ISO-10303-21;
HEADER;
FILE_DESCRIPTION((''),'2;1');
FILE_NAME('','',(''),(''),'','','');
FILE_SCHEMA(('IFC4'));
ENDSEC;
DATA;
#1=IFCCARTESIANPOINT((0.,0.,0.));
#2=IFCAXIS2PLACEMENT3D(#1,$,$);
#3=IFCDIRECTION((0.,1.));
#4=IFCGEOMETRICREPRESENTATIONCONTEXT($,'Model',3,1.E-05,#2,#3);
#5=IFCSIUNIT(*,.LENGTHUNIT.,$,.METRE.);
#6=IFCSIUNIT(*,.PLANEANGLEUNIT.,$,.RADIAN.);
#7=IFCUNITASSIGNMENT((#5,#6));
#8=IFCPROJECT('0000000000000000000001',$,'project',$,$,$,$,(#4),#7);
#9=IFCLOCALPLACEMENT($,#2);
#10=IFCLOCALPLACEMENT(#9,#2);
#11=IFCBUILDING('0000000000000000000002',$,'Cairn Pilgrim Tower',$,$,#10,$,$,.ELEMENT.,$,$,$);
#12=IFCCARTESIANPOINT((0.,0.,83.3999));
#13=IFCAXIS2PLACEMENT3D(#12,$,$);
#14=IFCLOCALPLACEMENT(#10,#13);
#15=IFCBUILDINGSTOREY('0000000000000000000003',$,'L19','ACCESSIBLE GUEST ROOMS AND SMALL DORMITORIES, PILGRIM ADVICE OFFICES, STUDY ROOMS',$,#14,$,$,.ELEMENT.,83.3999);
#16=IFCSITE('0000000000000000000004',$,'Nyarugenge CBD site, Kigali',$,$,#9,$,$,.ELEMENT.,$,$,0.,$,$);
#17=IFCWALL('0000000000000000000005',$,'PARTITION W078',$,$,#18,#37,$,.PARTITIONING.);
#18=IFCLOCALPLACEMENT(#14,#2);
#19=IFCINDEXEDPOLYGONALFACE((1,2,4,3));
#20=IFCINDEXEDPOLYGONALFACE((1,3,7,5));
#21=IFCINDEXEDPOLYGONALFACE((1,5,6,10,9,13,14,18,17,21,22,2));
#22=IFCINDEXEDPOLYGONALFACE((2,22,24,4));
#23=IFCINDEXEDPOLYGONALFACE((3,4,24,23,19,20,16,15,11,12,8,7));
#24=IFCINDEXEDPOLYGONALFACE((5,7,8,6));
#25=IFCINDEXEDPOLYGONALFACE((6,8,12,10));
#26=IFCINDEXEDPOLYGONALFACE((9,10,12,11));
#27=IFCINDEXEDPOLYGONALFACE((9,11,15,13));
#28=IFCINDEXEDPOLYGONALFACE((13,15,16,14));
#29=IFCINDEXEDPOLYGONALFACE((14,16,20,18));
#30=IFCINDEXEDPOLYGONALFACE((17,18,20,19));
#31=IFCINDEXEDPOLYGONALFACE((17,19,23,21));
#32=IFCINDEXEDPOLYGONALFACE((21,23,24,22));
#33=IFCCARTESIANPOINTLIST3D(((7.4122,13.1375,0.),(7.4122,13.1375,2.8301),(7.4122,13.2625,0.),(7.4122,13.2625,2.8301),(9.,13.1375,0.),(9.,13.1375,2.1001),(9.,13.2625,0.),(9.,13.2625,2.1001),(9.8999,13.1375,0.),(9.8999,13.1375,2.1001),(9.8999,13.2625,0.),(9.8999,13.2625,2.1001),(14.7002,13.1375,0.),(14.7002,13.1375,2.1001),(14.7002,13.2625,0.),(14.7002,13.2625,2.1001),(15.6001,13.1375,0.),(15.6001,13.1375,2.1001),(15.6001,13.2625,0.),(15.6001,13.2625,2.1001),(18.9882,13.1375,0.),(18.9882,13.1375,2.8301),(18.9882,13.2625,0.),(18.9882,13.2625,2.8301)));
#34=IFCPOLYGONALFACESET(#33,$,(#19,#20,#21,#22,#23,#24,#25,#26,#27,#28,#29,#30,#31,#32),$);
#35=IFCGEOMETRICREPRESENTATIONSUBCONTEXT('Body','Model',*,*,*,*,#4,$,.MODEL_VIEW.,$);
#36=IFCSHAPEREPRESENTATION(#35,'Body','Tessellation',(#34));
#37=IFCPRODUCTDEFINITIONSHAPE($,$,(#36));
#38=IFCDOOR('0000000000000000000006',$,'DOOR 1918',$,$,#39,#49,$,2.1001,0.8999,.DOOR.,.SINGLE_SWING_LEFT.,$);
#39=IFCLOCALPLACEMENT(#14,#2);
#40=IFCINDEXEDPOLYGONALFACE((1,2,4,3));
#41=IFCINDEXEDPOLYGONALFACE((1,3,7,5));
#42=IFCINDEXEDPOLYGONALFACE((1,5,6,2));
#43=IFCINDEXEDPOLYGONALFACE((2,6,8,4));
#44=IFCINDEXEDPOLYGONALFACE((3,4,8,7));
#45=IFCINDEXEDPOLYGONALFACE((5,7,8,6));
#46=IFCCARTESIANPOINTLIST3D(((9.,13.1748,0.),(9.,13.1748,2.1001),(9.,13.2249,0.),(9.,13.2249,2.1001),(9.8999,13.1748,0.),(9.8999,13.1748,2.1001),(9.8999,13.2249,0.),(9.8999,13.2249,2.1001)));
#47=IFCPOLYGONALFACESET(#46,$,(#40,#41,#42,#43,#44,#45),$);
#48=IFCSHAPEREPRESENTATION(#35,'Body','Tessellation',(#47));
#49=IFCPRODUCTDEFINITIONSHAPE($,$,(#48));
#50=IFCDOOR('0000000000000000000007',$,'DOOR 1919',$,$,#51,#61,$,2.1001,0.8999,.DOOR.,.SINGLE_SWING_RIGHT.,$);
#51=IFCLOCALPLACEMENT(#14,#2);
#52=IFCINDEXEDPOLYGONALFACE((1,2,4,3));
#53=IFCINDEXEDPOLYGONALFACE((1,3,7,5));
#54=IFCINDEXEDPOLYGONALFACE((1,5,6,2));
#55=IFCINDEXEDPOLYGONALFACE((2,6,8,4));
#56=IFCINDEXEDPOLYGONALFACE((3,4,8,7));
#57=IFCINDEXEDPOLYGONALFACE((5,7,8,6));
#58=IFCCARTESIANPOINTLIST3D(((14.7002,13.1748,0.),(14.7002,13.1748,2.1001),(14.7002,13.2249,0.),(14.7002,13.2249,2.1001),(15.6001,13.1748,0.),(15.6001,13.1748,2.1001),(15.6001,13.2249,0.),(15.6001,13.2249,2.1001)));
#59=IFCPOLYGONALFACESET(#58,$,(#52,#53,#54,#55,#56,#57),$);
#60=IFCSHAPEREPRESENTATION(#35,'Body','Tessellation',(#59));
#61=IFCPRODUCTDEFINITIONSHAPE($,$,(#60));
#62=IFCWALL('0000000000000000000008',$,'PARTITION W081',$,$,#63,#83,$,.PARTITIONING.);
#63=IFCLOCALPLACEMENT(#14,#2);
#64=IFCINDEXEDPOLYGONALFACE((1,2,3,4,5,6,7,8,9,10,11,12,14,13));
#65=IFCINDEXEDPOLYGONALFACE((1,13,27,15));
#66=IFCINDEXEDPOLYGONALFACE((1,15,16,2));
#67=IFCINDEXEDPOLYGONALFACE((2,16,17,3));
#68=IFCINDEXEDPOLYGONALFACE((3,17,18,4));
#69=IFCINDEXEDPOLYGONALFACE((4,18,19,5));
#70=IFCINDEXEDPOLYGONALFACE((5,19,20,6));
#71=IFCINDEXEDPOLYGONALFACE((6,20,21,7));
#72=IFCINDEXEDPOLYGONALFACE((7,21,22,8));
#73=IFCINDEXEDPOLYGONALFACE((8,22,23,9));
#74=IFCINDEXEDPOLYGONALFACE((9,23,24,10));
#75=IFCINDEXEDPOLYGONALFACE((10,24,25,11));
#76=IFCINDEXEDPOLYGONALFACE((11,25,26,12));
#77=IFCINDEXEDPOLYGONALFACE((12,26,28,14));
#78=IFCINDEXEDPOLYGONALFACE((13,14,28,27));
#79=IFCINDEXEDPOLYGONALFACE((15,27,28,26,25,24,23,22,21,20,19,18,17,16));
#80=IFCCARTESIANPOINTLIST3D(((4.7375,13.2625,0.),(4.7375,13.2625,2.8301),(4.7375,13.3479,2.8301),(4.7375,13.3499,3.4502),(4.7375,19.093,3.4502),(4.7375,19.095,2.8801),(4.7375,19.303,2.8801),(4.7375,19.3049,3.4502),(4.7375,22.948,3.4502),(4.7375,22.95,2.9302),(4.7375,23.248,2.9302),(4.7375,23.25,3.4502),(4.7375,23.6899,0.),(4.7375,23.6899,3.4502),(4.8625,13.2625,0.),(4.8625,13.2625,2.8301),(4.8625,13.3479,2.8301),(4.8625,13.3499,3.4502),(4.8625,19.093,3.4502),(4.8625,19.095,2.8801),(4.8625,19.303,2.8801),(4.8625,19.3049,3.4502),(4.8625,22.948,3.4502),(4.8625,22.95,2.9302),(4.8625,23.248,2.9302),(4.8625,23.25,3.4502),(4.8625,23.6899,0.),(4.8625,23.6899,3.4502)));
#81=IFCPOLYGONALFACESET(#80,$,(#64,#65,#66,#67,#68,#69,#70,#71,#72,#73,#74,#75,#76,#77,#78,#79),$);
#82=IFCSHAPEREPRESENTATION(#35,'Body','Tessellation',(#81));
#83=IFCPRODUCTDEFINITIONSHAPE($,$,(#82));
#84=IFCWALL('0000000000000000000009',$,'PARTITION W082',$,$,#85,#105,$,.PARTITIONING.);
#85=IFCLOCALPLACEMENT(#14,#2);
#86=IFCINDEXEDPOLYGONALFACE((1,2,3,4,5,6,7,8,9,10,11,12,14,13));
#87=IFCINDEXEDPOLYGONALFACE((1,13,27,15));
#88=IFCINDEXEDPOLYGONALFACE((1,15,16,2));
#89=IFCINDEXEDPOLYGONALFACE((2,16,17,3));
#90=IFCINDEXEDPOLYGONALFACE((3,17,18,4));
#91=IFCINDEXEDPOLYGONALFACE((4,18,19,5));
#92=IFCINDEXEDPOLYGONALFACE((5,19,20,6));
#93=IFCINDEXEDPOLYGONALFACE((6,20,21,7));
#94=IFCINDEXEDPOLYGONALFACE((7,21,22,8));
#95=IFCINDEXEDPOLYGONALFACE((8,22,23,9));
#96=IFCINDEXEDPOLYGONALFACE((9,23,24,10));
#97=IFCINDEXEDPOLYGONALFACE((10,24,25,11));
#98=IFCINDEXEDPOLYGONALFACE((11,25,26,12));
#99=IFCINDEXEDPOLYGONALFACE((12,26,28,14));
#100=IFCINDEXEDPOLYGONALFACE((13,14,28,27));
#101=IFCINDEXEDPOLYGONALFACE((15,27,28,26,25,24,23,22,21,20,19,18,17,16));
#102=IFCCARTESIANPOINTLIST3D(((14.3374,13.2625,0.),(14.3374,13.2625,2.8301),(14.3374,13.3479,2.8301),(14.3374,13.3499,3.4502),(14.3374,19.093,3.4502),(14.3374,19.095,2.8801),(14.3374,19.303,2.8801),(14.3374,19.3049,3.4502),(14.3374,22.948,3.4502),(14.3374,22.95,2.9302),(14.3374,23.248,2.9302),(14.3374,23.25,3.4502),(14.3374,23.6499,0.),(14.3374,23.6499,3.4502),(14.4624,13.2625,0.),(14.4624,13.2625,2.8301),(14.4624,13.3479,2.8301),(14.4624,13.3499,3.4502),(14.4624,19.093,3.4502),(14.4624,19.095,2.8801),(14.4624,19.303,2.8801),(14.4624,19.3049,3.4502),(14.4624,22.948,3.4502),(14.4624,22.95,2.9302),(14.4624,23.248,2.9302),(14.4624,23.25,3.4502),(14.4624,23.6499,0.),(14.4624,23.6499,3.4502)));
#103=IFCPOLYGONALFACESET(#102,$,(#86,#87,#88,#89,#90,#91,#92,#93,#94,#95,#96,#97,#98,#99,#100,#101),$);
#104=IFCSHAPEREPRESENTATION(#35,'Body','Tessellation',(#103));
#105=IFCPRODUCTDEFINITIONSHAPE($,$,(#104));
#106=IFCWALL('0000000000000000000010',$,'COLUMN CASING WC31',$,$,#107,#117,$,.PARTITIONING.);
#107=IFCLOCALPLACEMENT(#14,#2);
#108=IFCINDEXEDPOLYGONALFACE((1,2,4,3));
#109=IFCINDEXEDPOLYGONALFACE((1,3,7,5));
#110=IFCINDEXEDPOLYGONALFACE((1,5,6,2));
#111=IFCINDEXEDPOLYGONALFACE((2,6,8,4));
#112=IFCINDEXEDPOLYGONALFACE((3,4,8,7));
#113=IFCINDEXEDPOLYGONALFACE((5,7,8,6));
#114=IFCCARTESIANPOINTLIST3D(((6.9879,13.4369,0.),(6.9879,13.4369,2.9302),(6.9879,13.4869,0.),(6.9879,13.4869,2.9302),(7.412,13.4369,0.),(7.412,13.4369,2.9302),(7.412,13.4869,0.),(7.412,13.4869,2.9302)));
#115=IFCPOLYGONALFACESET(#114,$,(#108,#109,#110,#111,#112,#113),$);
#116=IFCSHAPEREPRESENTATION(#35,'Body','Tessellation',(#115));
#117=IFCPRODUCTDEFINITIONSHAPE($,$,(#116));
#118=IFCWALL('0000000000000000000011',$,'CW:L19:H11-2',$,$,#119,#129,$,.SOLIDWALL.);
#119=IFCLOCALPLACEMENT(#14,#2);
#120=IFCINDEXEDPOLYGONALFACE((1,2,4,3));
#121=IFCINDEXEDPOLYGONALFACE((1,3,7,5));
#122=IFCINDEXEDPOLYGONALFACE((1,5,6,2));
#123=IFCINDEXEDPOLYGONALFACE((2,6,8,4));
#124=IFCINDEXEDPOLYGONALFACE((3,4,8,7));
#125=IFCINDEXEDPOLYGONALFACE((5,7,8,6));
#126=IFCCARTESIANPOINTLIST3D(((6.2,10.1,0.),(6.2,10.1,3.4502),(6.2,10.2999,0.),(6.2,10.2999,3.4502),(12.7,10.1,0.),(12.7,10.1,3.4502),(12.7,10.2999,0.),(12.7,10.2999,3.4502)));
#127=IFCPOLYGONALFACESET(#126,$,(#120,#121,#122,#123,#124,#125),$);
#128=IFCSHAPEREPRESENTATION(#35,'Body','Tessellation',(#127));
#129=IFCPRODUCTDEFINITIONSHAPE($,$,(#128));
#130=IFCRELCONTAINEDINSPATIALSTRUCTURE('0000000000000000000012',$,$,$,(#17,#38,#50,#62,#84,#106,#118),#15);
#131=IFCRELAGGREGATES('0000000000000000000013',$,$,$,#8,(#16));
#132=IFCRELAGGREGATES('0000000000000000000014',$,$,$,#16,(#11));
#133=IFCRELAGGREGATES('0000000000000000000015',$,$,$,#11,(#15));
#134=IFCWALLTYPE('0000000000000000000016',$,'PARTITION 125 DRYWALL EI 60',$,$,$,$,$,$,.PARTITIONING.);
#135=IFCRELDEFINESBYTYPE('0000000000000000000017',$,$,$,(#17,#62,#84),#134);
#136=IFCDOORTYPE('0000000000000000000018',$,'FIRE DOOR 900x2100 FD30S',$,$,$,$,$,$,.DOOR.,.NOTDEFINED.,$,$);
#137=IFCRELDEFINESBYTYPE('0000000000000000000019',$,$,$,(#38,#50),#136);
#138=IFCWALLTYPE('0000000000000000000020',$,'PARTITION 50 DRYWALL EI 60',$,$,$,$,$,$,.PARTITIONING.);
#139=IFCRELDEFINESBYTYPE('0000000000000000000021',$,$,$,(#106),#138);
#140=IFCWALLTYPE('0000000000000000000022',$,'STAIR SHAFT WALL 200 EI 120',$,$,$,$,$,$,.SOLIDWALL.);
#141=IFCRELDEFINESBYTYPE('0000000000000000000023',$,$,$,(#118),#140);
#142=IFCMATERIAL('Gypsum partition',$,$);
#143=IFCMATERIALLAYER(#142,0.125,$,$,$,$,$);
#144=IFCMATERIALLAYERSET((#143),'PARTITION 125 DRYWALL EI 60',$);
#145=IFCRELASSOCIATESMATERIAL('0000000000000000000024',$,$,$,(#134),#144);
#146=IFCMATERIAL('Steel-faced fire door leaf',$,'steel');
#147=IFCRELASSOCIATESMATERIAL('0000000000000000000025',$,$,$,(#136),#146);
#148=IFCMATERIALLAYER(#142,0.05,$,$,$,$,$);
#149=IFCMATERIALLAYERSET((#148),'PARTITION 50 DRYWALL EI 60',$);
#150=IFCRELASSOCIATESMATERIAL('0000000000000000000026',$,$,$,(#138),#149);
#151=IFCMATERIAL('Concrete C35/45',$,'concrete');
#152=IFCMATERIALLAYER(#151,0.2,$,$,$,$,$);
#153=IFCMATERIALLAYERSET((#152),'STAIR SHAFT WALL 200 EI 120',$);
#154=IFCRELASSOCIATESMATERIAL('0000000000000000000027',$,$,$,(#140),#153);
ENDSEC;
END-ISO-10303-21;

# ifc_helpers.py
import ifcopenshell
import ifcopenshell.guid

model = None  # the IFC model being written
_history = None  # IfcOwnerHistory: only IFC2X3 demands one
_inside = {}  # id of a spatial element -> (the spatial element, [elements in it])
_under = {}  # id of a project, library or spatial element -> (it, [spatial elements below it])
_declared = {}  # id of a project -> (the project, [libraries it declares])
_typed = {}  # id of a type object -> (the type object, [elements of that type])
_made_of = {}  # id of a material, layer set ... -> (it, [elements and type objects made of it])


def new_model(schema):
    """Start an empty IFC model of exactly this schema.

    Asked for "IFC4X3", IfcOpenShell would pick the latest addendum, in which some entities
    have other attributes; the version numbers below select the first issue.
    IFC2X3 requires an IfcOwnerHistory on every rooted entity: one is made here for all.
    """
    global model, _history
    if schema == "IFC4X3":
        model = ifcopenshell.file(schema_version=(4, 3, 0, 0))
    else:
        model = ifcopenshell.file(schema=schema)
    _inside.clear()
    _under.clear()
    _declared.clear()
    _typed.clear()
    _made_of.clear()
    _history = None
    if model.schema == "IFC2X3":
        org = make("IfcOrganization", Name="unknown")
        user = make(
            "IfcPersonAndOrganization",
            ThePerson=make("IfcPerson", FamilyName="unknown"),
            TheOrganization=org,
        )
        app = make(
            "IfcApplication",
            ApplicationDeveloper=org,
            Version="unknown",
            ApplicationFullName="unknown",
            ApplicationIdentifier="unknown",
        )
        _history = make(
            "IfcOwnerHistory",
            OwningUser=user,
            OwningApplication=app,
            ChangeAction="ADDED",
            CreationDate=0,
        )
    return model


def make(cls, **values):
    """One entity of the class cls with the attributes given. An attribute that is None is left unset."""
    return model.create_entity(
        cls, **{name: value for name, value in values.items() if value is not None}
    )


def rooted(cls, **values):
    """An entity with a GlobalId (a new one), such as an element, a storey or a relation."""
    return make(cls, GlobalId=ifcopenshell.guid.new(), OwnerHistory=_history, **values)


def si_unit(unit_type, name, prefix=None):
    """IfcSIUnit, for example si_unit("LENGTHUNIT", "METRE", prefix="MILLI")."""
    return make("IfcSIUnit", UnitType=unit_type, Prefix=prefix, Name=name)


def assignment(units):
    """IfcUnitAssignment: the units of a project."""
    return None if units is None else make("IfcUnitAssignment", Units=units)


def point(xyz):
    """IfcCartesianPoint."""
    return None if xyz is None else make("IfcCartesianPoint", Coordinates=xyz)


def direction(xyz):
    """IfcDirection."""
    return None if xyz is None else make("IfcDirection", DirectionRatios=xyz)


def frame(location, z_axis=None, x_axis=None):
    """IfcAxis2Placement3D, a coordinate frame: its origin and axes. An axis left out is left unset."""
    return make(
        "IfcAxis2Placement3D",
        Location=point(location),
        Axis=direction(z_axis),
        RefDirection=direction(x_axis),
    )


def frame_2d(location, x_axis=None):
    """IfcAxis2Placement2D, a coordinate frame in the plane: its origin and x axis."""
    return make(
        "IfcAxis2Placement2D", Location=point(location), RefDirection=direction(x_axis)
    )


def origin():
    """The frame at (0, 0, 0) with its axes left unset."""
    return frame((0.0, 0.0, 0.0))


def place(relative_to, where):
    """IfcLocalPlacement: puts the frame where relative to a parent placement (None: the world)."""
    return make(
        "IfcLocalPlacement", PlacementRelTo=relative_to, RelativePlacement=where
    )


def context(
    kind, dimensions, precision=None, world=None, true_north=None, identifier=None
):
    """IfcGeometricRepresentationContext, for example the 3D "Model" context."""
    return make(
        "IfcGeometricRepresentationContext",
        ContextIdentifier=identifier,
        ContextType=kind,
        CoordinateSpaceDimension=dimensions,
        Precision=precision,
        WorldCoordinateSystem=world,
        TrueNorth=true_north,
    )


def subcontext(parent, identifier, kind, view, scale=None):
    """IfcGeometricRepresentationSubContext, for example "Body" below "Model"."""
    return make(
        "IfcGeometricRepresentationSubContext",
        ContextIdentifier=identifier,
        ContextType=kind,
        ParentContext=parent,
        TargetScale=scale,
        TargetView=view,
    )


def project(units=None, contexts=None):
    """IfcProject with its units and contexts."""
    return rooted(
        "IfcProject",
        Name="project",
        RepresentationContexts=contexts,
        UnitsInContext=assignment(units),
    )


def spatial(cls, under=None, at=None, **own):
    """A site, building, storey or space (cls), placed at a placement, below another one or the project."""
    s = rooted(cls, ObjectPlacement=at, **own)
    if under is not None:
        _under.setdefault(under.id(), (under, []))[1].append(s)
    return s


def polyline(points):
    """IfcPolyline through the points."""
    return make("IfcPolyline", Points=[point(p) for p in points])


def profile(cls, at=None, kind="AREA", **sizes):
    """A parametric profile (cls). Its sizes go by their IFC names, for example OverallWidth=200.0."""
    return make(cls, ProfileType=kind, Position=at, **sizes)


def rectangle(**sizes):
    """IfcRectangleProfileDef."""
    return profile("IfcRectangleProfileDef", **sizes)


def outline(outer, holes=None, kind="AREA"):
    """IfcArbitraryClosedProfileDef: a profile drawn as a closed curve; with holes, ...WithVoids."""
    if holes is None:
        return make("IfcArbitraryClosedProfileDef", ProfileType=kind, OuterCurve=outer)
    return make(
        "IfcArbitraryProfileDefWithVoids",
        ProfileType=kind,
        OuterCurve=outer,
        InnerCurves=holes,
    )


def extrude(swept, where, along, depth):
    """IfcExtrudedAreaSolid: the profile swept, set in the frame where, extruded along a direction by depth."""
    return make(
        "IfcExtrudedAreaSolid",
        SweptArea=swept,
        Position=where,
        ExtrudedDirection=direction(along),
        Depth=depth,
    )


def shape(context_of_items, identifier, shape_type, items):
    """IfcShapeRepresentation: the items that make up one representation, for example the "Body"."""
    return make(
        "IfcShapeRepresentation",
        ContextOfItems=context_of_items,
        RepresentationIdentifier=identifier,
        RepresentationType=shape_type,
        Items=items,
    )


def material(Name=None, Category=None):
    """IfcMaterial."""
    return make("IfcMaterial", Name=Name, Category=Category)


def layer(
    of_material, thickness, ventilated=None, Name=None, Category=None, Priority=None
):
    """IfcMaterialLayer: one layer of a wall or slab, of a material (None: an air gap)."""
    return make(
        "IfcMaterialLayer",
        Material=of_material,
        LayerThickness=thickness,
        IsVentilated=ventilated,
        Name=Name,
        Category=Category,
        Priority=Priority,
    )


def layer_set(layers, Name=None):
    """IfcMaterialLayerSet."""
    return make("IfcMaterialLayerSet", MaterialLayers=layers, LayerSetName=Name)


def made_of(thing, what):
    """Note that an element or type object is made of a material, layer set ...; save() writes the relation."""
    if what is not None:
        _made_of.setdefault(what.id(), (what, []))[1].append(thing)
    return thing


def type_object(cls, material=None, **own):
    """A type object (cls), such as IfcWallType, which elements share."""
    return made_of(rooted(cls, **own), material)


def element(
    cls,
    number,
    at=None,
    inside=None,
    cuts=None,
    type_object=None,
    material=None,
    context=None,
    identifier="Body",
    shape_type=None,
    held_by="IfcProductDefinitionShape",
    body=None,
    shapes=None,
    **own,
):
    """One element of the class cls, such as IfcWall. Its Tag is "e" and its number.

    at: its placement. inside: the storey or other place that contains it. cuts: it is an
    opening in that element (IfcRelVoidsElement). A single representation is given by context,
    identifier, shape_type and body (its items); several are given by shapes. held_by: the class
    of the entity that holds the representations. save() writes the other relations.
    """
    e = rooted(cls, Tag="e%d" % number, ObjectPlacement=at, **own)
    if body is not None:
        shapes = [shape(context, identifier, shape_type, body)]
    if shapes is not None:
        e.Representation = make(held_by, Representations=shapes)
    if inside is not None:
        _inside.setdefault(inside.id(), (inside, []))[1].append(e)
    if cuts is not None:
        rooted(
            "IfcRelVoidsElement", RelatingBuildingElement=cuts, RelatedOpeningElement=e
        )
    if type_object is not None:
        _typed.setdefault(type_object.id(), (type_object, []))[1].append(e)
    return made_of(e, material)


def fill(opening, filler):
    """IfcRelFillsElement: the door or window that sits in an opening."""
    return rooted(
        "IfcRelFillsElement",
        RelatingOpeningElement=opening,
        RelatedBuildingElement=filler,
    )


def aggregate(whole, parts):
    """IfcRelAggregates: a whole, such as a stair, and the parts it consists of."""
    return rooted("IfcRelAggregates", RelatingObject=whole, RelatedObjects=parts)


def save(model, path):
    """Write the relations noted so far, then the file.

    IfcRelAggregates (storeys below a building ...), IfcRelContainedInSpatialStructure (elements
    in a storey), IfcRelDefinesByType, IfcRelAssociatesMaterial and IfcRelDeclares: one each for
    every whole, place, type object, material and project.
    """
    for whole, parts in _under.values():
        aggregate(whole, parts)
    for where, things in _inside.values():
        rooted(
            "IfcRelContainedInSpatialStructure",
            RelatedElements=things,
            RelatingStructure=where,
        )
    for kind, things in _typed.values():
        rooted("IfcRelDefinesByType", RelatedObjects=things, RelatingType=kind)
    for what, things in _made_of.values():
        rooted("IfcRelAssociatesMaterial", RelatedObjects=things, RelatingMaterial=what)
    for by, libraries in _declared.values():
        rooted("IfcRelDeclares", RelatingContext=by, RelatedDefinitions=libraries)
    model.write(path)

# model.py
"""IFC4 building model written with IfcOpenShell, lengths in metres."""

from ifc_helpers import new_model, si_unit, direction, frame, frame_2d, origin, place, context, subcontext, project, spatial, polyline, rectangle, outline, extrude, material, layer, layer_set, type_object, element, fill, save


model = new_model("IFC4")

# Units and contexts
model_context = context("Model", 3, precision=1e-05, world=origin(), true_north=direction((0.0, 1.0)))
body_context = subcontext(model_context, "Body", "Model", "MODEL_VIEW")
ifc_project = project(units=[si_unit("LENGTHUNIT", "METRE"), si_unit("PLANEANGLEUNIT", "RADIAN")], contexts=[model_context])

# Site, building, storey
site_placement = place(None, origin())
site = spatial("IfcSite", under=ifc_project, at=site_placement, Name="Nyarugenge CBD site, Kigali", CompositionType="ELEMENT", RefElevation=0.0)
building_placement = place(site_placement, origin())
building = spatial("IfcBuilding", under=site, at=building_placement, Name="Cairn Pilgrim Tower", CompositionType="ELEMENT")
storey_placement = place(building_placement, frame((0.0, 0.0, 83.3999)))
storey = spatial("IfcBuildingStorey", under=building, at=storey_placement, Name="L19", Description="ACCESSIBLE GUEST ROOMS AND SMALL DORMITORIES, PILGRIM ADVICE OFFICES, STUDY ROOMS", CompositionType="ELEMENT", Elevation=83.3999)

# Wall, openings, doors
ifc_material_1 = material(Name="Gypsum partition")
ifc_layer_1 = layer(ifc_material_1, 0.125)
ifc_layer_set_1 = layer_set([ifc_layer_1], Name="PARTITION 125 DRYWALL EI 60")
wall_type_1 = type_object("IfcWallType", Name="PARTITION 125 DRYWALL EI 60", PredefinedType="PARTITIONING", material=ifc_layer_set_1)
wall_1_placement = place(storey_placement, frame((7.4121, 13.2, 0.0), z_axis=(0.0, 0.0, 1.0), x_axis=(1.0, 0.0, 0.0)))
wall_1 = element("IfcWall", 1, at=wall_1_placement, inside=storey, type_object=wall_type_1, Name="PARTITION W078", PredefinedType="PARTITIONING", context=body_context, shape_type="SweptSolid", body=[
    extrude(rectangle(XDim=11.5759, YDim=0.125, at=frame_2d((5.7881, 0.0))), origin(), (0.0, 0.0, 1.0), 2.8301),
])
opening_1_placement = place(wall_1_placement, frame((1.5879, 0.0, 0.0)))
opening_1 = element("IfcOpeningElement", 2, at=opening_1_placement, cuts=wall_1, PredefinedType="OPENING", context=body_context, shape_type="SweptSolid", body=[
    extrude(rectangle(XDim=0.8999, YDim=2.1001, at=frame_2d((0.45, 1.05))), frame((0.0, 0.0725, 0.0), z_axis=(0.0, -1.0, 0.0), x_axis=(1.0, 0.0, 0.0)), (0.0, 0.0, 1.0), 0.145),
])
opening_2_placement = place(wall_1_placement, frame((7.2881, 0.0, 0.0)))
opening_2 = element("IfcOpeningElement", 3, at=opening_2_placement, cuts=wall_1, PredefinedType="OPENING", context=body_context, shape_type="SweptSolid", body=[
    extrude(rectangle(XDim=0.8999, YDim=2.1001, at=frame_2d((0.45, 1.05))), frame((0.0, 0.0725, 0.0), z_axis=(0.0, -1.0, 0.0), x_axis=(1.0, 0.0, 0.0)), (0.0, 0.0, 1.0), 0.145),
])
ifc_material_2 = material(Name="Steel-faced fire door leaf", Category="steel")
door_type_1 = type_object("IfcDoorType", Name="FIRE DOOR 900x2100 FD30S", OperationType="NOTDEFINED", PredefinedType="DOOR", material=ifc_material_2)
door_1_placement = place(opening_1_placement, origin())
door_1 = element("IfcDoor", 4, at=door_1_placement, inside=storey, type_object=door_type_1, Name="DOOR 1918", OperationType="SINGLE_SWING_LEFT", OverallHeight=2.1001, OverallWidth=0.8999, PredefinedType="DOOR", context=body_context, shape_type="SweptSolid", body=[
    extrude(rectangle(XDim=0.8999, YDim=2.1001, at=frame_2d((0.45, 1.05))), frame((0.0, 0.0249, 0.0), z_axis=(0.0, -1.0, 0.0), x_axis=(1.0, 0.0, 0.0)), (0.0, 0.0, 1.0), 0.05),
])
fill(opening_1, door_1)
door_2_placement = place(opening_2_placement, origin())
door_2 = element("IfcDoor", 5, at=door_2_placement, inside=storey, type_object=door_type_1, Name="DOOR 1919", OperationType="SINGLE_SWING_RIGHT", OverallHeight=2.1001, OverallWidth=0.8999, PredefinedType="DOOR", context=body_context, shape_type="SweptSolid", body=[
    extrude(rectangle(XDim=0.8999, YDim=2.1001, at=frame_2d((0.45, 1.05))), frame((0.0, 0.0249, 0.0), z_axis=(0.0, -1.0, 0.0), x_axis=(1.0, 0.0, 0.0)), (0.0, 0.0, 1.0), 0.05),
])
fill(opening_2, door_2)

# Walls
wall_2_placement = place(storey_placement, frame((4.8, 13.2625, 0.0), z_axis=(0.0, 0.0, 1.0), x_axis=(0.0, 1.0, 0.0)))
element("IfcWall", 6, at=wall_2_placement, inside=storey, type_object=wall_type_1, Name="PARTITION W081", PredefinedType="PARTITIONING", context=body_context, shape_type="SweptSolid", body=[
    extrude(outline(polyline([(0.0, 0.0), (10.4275, 0.0), (10.4275, 3.4502), (9.9875, 3.4502), (9.9856, 2.9302), (9.6875, 2.9302), (9.6855, 3.4502), (6.0425, 3.4502), (6.0405, 2.8801), (5.8325, 2.8801), (5.8306, 3.4502), (0.0874, 3.4502), (0.0854, 2.8301), (0.0, 2.8301), (0.0, 0.0)])), frame((0.0, 0.0625, 0.0), z_axis=(0.0, -1.0, 0.0), x_axis=(1.0, 0.0, 0.0)), (0.0, 0.0, 1.0), 0.125),
])
wall_3_placement = place(storey_placement, frame((14.3999, 13.2625, 0.0), z_axis=(0.0, 0.0, 1.0), x_axis=(0.0, 1.0, 0.0)))
element("IfcWall", 7, at=wall_3_placement, inside=storey, type_object=wall_type_1, Name="PARTITION W082", PredefinedType="PARTITIONING", context=body_context, shape_type="SweptSolid", body=[
    extrude(outline(polyline([(0.0, 0.0), (10.3875, 0.0), (10.3875, 3.4502), (9.9875, 3.4502), (9.9856, 2.9302), (9.6875, 2.9302), (9.6855, 3.4502), (6.0425, 3.4502), (6.0405, 2.8801), (5.8325, 2.8801), (5.8306, 3.4502), (0.0874, 3.4502), (0.0854, 2.8301), (0.0, 2.8301), (0.0, 0.0)])), frame((0.0, 0.0625, 0.0), z_axis=(0.0, -1.0, 0.0), x_axis=(1.0, 0.0, 0.0)), (0.0, 0.0, 1.0), 0.125),
])
ifc_layer_2 = layer(ifc_material_1, 0.05)
ifc_layer_set_2 = layer_set([ifc_layer_2], Name="PARTITION 50 DRYWALL EI 60")
wall_type_2 = type_object("IfcWallType", Name="PARTITION 50 DRYWALL EI 60", PredefinedType="PARTITIONING", material=ifc_layer_set_2)
wall_4_placement = place(storey_placement, frame((6.988, 13.4619, 0.0), z_axis=(0.0, 0.0, 1.0), x_axis=(1.0, 0.0, 0.0)))
element("IfcWall", 8, at=wall_4_placement, inside=storey, type_object=wall_type_2, Name="COLUMN CASING WC31", PredefinedType="PARTITIONING", context=body_context, shape_type="SweptSolid", body=[
    extrude(rectangle(XDim=0.4241, YDim=0.05, at=frame_2d((0.2119, 0.0))), origin(), (0.0, 0.0, 1.0), 2.9302),
])
ifc_material_3 = material(Name="Concrete C35/45", Category="concrete")
ifc_layer_3 = layer(ifc_material_3, 0.2)
ifc_layer_set_3 = layer_set([ifc_layer_3], Name="STAIR SHAFT WALL 200 EI 120")
wall_type_3 = type_object("IfcWallType", Name="STAIR SHAFT WALL 200 EI 120", PredefinedType="SOLIDWALL", material=ifc_layer_set_3)
wall_5_placement = place(storey_placement, frame((6.2, 10.2, 0.0), z_axis=(0.0, 0.0, 1.0), x_axis=(1.0, 0.0, 0.0)))
element("IfcWall", 9, at=wall_5_placement, inside=storey, type_object=wall_type_3, Name="CW:L19:H11-2", PredefinedType="SOLIDWALL", context=body_context, shape_type="SweptSolid", body=[
    extrude(rectangle(XDim=6.5, YDim=0.2, at=frame_2d((3.25, 0.0))), origin(), (0.0, 0.0, 1.0), 3.4502),
])

save(model, "model.ifc")
